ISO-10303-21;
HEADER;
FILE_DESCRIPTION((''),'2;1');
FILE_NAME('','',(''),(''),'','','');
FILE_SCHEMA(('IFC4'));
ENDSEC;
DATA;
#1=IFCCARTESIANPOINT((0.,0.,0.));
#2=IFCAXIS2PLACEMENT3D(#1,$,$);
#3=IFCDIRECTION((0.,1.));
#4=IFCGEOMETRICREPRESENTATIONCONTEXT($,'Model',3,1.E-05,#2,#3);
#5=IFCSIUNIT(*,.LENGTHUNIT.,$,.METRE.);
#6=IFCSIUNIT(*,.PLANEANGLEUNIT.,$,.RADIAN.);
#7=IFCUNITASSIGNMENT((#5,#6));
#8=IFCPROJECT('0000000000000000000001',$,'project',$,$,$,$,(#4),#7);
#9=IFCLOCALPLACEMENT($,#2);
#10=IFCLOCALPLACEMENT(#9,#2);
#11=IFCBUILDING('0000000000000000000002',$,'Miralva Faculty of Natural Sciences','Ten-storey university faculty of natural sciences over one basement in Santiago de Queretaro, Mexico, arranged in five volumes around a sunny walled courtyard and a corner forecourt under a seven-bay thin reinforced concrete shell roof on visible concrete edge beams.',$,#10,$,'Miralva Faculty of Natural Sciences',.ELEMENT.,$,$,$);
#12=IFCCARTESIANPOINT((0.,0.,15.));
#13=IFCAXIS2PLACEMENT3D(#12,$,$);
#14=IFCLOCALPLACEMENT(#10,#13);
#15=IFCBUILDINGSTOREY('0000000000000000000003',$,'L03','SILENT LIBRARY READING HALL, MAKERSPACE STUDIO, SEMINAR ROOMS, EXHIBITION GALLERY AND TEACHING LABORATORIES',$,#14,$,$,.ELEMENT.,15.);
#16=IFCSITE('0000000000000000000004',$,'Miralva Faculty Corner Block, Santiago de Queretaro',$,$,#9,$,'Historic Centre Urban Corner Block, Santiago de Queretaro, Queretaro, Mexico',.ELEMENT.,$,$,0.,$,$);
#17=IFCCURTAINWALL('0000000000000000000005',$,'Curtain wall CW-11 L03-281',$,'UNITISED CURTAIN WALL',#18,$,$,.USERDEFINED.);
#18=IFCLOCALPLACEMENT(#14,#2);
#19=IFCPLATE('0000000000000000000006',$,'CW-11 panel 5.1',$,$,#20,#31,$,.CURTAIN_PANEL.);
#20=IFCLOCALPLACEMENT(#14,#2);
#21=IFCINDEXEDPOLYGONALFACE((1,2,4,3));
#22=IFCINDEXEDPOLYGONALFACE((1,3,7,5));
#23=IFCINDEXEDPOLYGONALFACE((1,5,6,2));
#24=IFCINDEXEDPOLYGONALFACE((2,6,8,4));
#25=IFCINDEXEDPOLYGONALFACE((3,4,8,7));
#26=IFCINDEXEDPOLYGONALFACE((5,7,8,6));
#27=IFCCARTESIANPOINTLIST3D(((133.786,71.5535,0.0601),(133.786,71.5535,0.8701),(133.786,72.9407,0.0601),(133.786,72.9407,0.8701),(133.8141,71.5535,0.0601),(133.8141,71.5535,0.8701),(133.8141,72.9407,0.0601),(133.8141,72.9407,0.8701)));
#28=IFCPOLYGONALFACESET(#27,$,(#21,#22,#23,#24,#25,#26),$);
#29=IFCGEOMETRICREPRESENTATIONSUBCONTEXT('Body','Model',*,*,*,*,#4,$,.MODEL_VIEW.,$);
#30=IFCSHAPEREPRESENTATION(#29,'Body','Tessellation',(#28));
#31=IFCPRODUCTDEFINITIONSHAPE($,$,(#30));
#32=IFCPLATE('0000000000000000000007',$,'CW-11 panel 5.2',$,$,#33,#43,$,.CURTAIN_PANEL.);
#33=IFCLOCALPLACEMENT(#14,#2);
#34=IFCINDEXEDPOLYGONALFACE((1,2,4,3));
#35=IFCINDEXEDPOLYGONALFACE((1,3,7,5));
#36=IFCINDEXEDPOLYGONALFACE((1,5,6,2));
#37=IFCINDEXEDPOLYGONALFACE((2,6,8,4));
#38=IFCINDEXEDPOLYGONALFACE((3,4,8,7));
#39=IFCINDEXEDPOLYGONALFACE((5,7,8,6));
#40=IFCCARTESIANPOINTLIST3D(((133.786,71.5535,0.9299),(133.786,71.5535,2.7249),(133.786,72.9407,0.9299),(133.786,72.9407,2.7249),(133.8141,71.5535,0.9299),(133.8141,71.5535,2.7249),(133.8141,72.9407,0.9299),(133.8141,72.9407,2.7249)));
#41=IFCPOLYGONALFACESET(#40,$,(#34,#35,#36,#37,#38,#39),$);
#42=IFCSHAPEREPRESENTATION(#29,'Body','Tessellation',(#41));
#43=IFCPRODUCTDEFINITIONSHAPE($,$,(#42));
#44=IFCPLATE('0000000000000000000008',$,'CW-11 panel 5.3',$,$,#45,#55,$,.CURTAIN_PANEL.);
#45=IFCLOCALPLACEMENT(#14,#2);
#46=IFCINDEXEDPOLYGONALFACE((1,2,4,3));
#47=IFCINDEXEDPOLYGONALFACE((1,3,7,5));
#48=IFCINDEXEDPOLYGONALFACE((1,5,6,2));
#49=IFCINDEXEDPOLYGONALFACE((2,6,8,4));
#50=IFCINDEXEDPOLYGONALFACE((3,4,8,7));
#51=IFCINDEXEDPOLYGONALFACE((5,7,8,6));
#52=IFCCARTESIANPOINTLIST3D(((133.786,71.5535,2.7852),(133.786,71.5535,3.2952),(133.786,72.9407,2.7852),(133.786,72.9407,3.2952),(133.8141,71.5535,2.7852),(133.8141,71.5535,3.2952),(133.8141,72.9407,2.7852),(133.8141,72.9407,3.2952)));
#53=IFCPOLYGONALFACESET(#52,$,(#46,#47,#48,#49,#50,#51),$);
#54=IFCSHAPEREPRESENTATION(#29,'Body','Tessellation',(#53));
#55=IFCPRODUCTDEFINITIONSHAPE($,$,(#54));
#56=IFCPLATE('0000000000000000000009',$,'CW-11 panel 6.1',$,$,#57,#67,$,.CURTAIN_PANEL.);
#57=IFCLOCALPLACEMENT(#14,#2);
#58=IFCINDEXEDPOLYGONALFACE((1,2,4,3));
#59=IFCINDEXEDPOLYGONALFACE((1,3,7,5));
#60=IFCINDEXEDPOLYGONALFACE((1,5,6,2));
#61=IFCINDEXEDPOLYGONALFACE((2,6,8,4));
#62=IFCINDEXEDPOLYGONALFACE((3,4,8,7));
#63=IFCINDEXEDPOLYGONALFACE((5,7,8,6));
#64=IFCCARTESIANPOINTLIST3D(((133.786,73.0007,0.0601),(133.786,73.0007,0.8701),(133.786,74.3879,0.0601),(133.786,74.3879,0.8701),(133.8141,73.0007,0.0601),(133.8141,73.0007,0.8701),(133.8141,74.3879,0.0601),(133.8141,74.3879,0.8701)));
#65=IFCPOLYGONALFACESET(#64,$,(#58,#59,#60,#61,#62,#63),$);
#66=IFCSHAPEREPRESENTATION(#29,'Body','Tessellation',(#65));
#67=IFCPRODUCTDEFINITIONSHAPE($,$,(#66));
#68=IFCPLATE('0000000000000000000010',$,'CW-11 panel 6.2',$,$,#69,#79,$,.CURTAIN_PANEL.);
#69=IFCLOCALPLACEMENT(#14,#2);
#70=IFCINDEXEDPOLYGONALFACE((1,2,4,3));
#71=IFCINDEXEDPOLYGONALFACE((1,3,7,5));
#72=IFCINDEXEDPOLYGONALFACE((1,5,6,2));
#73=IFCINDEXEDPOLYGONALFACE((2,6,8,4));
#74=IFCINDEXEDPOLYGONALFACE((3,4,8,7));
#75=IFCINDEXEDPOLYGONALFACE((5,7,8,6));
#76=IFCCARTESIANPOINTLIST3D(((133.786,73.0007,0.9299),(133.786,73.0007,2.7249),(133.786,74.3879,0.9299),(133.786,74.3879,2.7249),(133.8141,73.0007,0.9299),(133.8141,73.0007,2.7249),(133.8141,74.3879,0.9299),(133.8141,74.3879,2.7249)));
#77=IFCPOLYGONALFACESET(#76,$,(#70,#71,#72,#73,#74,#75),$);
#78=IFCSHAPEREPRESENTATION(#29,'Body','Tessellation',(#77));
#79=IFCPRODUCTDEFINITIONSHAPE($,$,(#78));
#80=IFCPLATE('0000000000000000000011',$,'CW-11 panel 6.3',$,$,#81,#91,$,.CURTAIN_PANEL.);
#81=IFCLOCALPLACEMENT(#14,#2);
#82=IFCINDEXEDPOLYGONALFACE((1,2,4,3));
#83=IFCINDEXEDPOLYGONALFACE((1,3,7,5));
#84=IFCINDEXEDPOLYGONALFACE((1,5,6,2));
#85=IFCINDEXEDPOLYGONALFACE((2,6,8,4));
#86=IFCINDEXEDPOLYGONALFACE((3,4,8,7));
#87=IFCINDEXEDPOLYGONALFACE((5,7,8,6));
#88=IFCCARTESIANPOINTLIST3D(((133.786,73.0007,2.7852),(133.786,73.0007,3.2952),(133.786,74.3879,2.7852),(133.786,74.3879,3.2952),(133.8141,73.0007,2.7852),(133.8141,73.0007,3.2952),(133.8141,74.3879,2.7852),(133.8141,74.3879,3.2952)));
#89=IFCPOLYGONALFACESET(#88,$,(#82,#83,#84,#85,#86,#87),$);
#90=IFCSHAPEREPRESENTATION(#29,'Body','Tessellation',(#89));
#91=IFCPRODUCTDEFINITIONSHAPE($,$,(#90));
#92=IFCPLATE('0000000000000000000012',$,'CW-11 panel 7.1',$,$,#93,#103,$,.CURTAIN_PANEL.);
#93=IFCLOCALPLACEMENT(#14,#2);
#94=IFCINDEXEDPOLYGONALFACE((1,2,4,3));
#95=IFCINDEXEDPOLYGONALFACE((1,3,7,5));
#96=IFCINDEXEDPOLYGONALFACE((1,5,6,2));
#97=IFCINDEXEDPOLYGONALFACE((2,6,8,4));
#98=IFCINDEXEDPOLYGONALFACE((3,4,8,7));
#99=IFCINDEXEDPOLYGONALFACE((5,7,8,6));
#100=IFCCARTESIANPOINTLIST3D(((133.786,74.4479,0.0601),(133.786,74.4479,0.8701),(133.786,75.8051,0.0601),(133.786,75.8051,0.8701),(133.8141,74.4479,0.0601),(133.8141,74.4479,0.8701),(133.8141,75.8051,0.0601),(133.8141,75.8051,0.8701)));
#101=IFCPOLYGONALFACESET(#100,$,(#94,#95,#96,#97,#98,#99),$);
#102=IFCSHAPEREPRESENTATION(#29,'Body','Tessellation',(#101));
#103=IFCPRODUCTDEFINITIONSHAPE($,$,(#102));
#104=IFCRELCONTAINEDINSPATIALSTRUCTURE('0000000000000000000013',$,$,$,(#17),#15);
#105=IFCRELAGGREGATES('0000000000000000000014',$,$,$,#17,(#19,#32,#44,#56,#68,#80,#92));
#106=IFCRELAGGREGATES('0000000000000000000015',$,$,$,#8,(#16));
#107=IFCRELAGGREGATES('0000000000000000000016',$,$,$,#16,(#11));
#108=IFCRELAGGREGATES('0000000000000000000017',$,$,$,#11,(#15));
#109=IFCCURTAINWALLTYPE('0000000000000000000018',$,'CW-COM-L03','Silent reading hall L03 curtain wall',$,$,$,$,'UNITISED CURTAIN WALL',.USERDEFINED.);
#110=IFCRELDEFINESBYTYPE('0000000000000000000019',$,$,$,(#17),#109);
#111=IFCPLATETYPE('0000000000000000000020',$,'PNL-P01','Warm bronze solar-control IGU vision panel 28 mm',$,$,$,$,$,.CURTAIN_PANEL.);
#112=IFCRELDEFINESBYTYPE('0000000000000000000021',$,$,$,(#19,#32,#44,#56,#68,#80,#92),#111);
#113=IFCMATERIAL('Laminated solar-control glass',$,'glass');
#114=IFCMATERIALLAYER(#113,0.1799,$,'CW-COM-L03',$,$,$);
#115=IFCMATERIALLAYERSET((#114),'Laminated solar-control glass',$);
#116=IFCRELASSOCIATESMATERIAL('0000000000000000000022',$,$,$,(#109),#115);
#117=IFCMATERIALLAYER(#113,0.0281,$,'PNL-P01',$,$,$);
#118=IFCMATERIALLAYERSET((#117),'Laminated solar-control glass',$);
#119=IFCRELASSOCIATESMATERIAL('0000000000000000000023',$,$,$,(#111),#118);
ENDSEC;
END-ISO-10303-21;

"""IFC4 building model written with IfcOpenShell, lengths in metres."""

from ifc_helpers import new_model, si_unit, direction, frame, origin, origin_2d, place, context, subcontext, project, spatial, rectangle, extrude, material, layer, layer_set, type_object, element, aggregate, save


model = new_model("IFC4")

# Units and contexts
model_context = context("Model", 3, precision=1e-05, world=origin(), true_north=direction((0.0, 1.0)))
body_context = subcontext(model_context, "Body", "Model", "MODEL_VIEW")
ifc_project = project(units=[si_unit("LENGTHUNIT", "METRE"), si_unit("PLANEANGLEUNIT", "RADIAN")], contexts=[model_context])

# Site, building, storey
site_placement = place(None, origin())
site = spatial("IfcSite", under=ifc_project, at=site_placement, Name="Miralva Faculty Corner Block, Santiago de Queretaro", LongName="Historic Centre Urban Corner Block, Santiago de Queretaro, Queretaro, Mexico", CompositionType="ELEMENT", RefElevation=0.0)
building_placement = place(site_placement, origin())
building = spatial("IfcBuilding", under=site, at=building_placement, Name="Miralva Faculty of Natural Sciences", Description="Ten-storey university faculty of natural sciences over one basement in Santiago de Queretaro, Mexico, arranged in five volumes around a sunny walled courtyard and a corner forecourt under a seven-bay thin reinforced concrete shell roof on visible concrete edge beams.", LongName="Miralva Faculty of Natural Sciences", CompositionType="ELEMENT")
storey_placement = place(building_placement, frame((0.0, 0.0, 15.0)))
storey = spatial("IfcBuildingStorey", under=building, at=storey_placement, Name="L03", Description="SILENT LIBRARY READING HALL, MAKERSPACE STUDIO, SEMINAR ROOMS, EXHIBITION GALLERY AND TEACHING LABORATORIES", CompositionType="ELEMENT", Elevation=15.0)

# Curtain wall, plates
ifc_material_1 = material(Name="Laminated solar-control glass", Category="glass")
ifc_layer_1 = layer(ifc_material_1, 0.1799, Name="CW-COM-L03")
ifc_layer_set_1 = layer_set([ifc_layer_1], Name="Laminated solar-control glass")
curtain_wall_type = type_object("IfcCurtainWallType", Name="CW-COM-L03", Description="Silent reading hall L03 curtain wall", ElementType="UNITISED CURTAIN WALL", PredefinedType="USERDEFINED", material=ifc_layer_set_1)
curtain_wall_placement = place(storey_placement, origin())
curtain_wall = element("IfcCurtainWall", 1, at=curtain_wall_placement, inside=storey, type_object=curtain_wall_type, Name="Curtain wall CW-11 L03-281", ObjectType="UNITISED CURTAIN WALL", PredefinedType="USERDEFINED")
ifc_layer_2 = layer(ifc_material_1, 0.0281, Name="PNL-P01")
ifc_layer_set_2 = layer_set([ifc_layer_2], Name="Laminated solar-control glass")
plate_type = type_object("IfcPlateType", Name="PNL-P01", Description="Warm bronze solar-control IGU vision panel 28 mm", PredefinedType="CURTAIN_PANEL", material=ifc_layer_set_2)
plate_1_placement = place(storey_placement, frame((133.8, 72.2471, 0.0601), z_axis=(0.0, 0.0, 1.0), x_axis=(0.0, 1.0, 0.0)))
plate_1 = element("IfcPlate", 2, at=plate_1_placement, type_object=plate_type, Name="CW-11 panel 5.1", PredefinedType="CURTAIN_PANEL", context=body_context, shape_type="SweptSolid", body=[
    extrude(rectangle(XDim=1.3872, YDim=0.0281, at=origin_2d()), origin(), (0.0, 0.0, 1.0), 0.8101),
])
plate_2_placement = place(storey_placement, frame((133.8, 72.2471, 0.9299), z_axis=(0.0, 0.0, 1.0), x_axis=(0.0, 1.0, 0.0)))
plate_2 = element("IfcPlate", 3, at=plate_2_placement, type_object=plate_type, Name="CW-11 panel 5.2", PredefinedType="CURTAIN_PANEL", context=body_context, shape_type="SweptSolid", body=[
    extrude(rectangle(XDim=1.3872, YDim=0.0281, at=origin_2d()), origin(), (0.0, 0.0, 1.0), 1.7949),
])
plate_3_placement = place(storey_placement, frame((133.8, 72.2471, 2.7852), z_axis=(0.0, 0.0, 1.0), x_axis=(0.0, 1.0, 0.0)))
plate_3 = element("IfcPlate", 4, at=plate_3_placement, type_object=plate_type, Name="CW-11 panel 5.3", PredefinedType="CURTAIN_PANEL", context=body_context, shape_type="SweptSolid", body=[
    extrude(rectangle(XDim=1.3872, YDim=0.0281, at=origin_2d()), origin(), (0.0, 0.0, 1.0), 0.51),
])
plate_4_placement = place(storey_placement, frame((133.8, 73.6943, 0.0601), z_axis=(0.0, 0.0, 1.0), x_axis=(0.0, 1.0, 0.0)))
plate_4 = element("IfcPlate", 5, at=plate_4_placement, type_object=plate_type, Name="CW-11 panel 6.1", PredefinedType="CURTAIN_PANEL", context=body_context, shape_type="SweptSolid", body=[
    extrude(rectangle(XDim=1.3872, YDim=0.0281, at=origin_2d()), origin(), (0.0, 0.0, 1.0), 0.8101),
])
plate_5_placement = place(storey_placement, frame((133.8, 73.6943, 0.9299), z_axis=(0.0, 0.0, 1.0), x_axis=(0.0, 1.0, 0.0)))
plate_5 = element("IfcPlate", 6, at=plate_5_placement, type_object=plate_type, Name="CW-11 panel 6.2", PredefinedType="CURTAIN_PANEL", context=body_context, shape_type="SweptSolid", body=[
    extrude(rectangle(XDim=1.3872, YDim=0.0281, at=origin_2d()), origin(), (0.0, 0.0, 1.0), 1.7949),
])
plate_6_placement = place(storey_placement, frame((133.8, 73.6943, 2.7852), z_axis=(0.0, 0.0, 1.0), x_axis=(0.0, 1.0, 0.0)))
plate_6 = element("IfcPlate", 7, at=plate_6_placement, type_object=plate_type, Name="CW-11 panel 6.3", PredefinedType="CURTAIN_PANEL", context=body_context, shape_type="SweptSolid", body=[
    extrude(rectangle(XDim=1.3872, YDim=0.0281, at=origin_2d()), origin(), (0.0, 0.0, 1.0), 0.51),
])
plate_7_placement = place(storey_placement, frame((133.8, 75.1265, 0.0601), z_axis=(0.0, 0.0, 1.0), x_axis=(0.0, 1.0, 0.0)))
plate_7 = element("IfcPlate", 8, at=plate_7_placement, type_object=plate_type, Name="CW-11 panel 7.1", PredefinedType="CURTAIN_PANEL", context=body_context, shape_type="SweptSolid", body=[
    extrude(rectangle(XDim=1.3572, YDim=0.0281, at=origin_2d()), origin(), (0.0, 0.0, 1.0), 0.8101),
])
aggregate(curtain_wall, [plate_1, plate_2, plate_3, plate_4, plate_5, plate_6, plate_7])

save(model, "model.ifc")
